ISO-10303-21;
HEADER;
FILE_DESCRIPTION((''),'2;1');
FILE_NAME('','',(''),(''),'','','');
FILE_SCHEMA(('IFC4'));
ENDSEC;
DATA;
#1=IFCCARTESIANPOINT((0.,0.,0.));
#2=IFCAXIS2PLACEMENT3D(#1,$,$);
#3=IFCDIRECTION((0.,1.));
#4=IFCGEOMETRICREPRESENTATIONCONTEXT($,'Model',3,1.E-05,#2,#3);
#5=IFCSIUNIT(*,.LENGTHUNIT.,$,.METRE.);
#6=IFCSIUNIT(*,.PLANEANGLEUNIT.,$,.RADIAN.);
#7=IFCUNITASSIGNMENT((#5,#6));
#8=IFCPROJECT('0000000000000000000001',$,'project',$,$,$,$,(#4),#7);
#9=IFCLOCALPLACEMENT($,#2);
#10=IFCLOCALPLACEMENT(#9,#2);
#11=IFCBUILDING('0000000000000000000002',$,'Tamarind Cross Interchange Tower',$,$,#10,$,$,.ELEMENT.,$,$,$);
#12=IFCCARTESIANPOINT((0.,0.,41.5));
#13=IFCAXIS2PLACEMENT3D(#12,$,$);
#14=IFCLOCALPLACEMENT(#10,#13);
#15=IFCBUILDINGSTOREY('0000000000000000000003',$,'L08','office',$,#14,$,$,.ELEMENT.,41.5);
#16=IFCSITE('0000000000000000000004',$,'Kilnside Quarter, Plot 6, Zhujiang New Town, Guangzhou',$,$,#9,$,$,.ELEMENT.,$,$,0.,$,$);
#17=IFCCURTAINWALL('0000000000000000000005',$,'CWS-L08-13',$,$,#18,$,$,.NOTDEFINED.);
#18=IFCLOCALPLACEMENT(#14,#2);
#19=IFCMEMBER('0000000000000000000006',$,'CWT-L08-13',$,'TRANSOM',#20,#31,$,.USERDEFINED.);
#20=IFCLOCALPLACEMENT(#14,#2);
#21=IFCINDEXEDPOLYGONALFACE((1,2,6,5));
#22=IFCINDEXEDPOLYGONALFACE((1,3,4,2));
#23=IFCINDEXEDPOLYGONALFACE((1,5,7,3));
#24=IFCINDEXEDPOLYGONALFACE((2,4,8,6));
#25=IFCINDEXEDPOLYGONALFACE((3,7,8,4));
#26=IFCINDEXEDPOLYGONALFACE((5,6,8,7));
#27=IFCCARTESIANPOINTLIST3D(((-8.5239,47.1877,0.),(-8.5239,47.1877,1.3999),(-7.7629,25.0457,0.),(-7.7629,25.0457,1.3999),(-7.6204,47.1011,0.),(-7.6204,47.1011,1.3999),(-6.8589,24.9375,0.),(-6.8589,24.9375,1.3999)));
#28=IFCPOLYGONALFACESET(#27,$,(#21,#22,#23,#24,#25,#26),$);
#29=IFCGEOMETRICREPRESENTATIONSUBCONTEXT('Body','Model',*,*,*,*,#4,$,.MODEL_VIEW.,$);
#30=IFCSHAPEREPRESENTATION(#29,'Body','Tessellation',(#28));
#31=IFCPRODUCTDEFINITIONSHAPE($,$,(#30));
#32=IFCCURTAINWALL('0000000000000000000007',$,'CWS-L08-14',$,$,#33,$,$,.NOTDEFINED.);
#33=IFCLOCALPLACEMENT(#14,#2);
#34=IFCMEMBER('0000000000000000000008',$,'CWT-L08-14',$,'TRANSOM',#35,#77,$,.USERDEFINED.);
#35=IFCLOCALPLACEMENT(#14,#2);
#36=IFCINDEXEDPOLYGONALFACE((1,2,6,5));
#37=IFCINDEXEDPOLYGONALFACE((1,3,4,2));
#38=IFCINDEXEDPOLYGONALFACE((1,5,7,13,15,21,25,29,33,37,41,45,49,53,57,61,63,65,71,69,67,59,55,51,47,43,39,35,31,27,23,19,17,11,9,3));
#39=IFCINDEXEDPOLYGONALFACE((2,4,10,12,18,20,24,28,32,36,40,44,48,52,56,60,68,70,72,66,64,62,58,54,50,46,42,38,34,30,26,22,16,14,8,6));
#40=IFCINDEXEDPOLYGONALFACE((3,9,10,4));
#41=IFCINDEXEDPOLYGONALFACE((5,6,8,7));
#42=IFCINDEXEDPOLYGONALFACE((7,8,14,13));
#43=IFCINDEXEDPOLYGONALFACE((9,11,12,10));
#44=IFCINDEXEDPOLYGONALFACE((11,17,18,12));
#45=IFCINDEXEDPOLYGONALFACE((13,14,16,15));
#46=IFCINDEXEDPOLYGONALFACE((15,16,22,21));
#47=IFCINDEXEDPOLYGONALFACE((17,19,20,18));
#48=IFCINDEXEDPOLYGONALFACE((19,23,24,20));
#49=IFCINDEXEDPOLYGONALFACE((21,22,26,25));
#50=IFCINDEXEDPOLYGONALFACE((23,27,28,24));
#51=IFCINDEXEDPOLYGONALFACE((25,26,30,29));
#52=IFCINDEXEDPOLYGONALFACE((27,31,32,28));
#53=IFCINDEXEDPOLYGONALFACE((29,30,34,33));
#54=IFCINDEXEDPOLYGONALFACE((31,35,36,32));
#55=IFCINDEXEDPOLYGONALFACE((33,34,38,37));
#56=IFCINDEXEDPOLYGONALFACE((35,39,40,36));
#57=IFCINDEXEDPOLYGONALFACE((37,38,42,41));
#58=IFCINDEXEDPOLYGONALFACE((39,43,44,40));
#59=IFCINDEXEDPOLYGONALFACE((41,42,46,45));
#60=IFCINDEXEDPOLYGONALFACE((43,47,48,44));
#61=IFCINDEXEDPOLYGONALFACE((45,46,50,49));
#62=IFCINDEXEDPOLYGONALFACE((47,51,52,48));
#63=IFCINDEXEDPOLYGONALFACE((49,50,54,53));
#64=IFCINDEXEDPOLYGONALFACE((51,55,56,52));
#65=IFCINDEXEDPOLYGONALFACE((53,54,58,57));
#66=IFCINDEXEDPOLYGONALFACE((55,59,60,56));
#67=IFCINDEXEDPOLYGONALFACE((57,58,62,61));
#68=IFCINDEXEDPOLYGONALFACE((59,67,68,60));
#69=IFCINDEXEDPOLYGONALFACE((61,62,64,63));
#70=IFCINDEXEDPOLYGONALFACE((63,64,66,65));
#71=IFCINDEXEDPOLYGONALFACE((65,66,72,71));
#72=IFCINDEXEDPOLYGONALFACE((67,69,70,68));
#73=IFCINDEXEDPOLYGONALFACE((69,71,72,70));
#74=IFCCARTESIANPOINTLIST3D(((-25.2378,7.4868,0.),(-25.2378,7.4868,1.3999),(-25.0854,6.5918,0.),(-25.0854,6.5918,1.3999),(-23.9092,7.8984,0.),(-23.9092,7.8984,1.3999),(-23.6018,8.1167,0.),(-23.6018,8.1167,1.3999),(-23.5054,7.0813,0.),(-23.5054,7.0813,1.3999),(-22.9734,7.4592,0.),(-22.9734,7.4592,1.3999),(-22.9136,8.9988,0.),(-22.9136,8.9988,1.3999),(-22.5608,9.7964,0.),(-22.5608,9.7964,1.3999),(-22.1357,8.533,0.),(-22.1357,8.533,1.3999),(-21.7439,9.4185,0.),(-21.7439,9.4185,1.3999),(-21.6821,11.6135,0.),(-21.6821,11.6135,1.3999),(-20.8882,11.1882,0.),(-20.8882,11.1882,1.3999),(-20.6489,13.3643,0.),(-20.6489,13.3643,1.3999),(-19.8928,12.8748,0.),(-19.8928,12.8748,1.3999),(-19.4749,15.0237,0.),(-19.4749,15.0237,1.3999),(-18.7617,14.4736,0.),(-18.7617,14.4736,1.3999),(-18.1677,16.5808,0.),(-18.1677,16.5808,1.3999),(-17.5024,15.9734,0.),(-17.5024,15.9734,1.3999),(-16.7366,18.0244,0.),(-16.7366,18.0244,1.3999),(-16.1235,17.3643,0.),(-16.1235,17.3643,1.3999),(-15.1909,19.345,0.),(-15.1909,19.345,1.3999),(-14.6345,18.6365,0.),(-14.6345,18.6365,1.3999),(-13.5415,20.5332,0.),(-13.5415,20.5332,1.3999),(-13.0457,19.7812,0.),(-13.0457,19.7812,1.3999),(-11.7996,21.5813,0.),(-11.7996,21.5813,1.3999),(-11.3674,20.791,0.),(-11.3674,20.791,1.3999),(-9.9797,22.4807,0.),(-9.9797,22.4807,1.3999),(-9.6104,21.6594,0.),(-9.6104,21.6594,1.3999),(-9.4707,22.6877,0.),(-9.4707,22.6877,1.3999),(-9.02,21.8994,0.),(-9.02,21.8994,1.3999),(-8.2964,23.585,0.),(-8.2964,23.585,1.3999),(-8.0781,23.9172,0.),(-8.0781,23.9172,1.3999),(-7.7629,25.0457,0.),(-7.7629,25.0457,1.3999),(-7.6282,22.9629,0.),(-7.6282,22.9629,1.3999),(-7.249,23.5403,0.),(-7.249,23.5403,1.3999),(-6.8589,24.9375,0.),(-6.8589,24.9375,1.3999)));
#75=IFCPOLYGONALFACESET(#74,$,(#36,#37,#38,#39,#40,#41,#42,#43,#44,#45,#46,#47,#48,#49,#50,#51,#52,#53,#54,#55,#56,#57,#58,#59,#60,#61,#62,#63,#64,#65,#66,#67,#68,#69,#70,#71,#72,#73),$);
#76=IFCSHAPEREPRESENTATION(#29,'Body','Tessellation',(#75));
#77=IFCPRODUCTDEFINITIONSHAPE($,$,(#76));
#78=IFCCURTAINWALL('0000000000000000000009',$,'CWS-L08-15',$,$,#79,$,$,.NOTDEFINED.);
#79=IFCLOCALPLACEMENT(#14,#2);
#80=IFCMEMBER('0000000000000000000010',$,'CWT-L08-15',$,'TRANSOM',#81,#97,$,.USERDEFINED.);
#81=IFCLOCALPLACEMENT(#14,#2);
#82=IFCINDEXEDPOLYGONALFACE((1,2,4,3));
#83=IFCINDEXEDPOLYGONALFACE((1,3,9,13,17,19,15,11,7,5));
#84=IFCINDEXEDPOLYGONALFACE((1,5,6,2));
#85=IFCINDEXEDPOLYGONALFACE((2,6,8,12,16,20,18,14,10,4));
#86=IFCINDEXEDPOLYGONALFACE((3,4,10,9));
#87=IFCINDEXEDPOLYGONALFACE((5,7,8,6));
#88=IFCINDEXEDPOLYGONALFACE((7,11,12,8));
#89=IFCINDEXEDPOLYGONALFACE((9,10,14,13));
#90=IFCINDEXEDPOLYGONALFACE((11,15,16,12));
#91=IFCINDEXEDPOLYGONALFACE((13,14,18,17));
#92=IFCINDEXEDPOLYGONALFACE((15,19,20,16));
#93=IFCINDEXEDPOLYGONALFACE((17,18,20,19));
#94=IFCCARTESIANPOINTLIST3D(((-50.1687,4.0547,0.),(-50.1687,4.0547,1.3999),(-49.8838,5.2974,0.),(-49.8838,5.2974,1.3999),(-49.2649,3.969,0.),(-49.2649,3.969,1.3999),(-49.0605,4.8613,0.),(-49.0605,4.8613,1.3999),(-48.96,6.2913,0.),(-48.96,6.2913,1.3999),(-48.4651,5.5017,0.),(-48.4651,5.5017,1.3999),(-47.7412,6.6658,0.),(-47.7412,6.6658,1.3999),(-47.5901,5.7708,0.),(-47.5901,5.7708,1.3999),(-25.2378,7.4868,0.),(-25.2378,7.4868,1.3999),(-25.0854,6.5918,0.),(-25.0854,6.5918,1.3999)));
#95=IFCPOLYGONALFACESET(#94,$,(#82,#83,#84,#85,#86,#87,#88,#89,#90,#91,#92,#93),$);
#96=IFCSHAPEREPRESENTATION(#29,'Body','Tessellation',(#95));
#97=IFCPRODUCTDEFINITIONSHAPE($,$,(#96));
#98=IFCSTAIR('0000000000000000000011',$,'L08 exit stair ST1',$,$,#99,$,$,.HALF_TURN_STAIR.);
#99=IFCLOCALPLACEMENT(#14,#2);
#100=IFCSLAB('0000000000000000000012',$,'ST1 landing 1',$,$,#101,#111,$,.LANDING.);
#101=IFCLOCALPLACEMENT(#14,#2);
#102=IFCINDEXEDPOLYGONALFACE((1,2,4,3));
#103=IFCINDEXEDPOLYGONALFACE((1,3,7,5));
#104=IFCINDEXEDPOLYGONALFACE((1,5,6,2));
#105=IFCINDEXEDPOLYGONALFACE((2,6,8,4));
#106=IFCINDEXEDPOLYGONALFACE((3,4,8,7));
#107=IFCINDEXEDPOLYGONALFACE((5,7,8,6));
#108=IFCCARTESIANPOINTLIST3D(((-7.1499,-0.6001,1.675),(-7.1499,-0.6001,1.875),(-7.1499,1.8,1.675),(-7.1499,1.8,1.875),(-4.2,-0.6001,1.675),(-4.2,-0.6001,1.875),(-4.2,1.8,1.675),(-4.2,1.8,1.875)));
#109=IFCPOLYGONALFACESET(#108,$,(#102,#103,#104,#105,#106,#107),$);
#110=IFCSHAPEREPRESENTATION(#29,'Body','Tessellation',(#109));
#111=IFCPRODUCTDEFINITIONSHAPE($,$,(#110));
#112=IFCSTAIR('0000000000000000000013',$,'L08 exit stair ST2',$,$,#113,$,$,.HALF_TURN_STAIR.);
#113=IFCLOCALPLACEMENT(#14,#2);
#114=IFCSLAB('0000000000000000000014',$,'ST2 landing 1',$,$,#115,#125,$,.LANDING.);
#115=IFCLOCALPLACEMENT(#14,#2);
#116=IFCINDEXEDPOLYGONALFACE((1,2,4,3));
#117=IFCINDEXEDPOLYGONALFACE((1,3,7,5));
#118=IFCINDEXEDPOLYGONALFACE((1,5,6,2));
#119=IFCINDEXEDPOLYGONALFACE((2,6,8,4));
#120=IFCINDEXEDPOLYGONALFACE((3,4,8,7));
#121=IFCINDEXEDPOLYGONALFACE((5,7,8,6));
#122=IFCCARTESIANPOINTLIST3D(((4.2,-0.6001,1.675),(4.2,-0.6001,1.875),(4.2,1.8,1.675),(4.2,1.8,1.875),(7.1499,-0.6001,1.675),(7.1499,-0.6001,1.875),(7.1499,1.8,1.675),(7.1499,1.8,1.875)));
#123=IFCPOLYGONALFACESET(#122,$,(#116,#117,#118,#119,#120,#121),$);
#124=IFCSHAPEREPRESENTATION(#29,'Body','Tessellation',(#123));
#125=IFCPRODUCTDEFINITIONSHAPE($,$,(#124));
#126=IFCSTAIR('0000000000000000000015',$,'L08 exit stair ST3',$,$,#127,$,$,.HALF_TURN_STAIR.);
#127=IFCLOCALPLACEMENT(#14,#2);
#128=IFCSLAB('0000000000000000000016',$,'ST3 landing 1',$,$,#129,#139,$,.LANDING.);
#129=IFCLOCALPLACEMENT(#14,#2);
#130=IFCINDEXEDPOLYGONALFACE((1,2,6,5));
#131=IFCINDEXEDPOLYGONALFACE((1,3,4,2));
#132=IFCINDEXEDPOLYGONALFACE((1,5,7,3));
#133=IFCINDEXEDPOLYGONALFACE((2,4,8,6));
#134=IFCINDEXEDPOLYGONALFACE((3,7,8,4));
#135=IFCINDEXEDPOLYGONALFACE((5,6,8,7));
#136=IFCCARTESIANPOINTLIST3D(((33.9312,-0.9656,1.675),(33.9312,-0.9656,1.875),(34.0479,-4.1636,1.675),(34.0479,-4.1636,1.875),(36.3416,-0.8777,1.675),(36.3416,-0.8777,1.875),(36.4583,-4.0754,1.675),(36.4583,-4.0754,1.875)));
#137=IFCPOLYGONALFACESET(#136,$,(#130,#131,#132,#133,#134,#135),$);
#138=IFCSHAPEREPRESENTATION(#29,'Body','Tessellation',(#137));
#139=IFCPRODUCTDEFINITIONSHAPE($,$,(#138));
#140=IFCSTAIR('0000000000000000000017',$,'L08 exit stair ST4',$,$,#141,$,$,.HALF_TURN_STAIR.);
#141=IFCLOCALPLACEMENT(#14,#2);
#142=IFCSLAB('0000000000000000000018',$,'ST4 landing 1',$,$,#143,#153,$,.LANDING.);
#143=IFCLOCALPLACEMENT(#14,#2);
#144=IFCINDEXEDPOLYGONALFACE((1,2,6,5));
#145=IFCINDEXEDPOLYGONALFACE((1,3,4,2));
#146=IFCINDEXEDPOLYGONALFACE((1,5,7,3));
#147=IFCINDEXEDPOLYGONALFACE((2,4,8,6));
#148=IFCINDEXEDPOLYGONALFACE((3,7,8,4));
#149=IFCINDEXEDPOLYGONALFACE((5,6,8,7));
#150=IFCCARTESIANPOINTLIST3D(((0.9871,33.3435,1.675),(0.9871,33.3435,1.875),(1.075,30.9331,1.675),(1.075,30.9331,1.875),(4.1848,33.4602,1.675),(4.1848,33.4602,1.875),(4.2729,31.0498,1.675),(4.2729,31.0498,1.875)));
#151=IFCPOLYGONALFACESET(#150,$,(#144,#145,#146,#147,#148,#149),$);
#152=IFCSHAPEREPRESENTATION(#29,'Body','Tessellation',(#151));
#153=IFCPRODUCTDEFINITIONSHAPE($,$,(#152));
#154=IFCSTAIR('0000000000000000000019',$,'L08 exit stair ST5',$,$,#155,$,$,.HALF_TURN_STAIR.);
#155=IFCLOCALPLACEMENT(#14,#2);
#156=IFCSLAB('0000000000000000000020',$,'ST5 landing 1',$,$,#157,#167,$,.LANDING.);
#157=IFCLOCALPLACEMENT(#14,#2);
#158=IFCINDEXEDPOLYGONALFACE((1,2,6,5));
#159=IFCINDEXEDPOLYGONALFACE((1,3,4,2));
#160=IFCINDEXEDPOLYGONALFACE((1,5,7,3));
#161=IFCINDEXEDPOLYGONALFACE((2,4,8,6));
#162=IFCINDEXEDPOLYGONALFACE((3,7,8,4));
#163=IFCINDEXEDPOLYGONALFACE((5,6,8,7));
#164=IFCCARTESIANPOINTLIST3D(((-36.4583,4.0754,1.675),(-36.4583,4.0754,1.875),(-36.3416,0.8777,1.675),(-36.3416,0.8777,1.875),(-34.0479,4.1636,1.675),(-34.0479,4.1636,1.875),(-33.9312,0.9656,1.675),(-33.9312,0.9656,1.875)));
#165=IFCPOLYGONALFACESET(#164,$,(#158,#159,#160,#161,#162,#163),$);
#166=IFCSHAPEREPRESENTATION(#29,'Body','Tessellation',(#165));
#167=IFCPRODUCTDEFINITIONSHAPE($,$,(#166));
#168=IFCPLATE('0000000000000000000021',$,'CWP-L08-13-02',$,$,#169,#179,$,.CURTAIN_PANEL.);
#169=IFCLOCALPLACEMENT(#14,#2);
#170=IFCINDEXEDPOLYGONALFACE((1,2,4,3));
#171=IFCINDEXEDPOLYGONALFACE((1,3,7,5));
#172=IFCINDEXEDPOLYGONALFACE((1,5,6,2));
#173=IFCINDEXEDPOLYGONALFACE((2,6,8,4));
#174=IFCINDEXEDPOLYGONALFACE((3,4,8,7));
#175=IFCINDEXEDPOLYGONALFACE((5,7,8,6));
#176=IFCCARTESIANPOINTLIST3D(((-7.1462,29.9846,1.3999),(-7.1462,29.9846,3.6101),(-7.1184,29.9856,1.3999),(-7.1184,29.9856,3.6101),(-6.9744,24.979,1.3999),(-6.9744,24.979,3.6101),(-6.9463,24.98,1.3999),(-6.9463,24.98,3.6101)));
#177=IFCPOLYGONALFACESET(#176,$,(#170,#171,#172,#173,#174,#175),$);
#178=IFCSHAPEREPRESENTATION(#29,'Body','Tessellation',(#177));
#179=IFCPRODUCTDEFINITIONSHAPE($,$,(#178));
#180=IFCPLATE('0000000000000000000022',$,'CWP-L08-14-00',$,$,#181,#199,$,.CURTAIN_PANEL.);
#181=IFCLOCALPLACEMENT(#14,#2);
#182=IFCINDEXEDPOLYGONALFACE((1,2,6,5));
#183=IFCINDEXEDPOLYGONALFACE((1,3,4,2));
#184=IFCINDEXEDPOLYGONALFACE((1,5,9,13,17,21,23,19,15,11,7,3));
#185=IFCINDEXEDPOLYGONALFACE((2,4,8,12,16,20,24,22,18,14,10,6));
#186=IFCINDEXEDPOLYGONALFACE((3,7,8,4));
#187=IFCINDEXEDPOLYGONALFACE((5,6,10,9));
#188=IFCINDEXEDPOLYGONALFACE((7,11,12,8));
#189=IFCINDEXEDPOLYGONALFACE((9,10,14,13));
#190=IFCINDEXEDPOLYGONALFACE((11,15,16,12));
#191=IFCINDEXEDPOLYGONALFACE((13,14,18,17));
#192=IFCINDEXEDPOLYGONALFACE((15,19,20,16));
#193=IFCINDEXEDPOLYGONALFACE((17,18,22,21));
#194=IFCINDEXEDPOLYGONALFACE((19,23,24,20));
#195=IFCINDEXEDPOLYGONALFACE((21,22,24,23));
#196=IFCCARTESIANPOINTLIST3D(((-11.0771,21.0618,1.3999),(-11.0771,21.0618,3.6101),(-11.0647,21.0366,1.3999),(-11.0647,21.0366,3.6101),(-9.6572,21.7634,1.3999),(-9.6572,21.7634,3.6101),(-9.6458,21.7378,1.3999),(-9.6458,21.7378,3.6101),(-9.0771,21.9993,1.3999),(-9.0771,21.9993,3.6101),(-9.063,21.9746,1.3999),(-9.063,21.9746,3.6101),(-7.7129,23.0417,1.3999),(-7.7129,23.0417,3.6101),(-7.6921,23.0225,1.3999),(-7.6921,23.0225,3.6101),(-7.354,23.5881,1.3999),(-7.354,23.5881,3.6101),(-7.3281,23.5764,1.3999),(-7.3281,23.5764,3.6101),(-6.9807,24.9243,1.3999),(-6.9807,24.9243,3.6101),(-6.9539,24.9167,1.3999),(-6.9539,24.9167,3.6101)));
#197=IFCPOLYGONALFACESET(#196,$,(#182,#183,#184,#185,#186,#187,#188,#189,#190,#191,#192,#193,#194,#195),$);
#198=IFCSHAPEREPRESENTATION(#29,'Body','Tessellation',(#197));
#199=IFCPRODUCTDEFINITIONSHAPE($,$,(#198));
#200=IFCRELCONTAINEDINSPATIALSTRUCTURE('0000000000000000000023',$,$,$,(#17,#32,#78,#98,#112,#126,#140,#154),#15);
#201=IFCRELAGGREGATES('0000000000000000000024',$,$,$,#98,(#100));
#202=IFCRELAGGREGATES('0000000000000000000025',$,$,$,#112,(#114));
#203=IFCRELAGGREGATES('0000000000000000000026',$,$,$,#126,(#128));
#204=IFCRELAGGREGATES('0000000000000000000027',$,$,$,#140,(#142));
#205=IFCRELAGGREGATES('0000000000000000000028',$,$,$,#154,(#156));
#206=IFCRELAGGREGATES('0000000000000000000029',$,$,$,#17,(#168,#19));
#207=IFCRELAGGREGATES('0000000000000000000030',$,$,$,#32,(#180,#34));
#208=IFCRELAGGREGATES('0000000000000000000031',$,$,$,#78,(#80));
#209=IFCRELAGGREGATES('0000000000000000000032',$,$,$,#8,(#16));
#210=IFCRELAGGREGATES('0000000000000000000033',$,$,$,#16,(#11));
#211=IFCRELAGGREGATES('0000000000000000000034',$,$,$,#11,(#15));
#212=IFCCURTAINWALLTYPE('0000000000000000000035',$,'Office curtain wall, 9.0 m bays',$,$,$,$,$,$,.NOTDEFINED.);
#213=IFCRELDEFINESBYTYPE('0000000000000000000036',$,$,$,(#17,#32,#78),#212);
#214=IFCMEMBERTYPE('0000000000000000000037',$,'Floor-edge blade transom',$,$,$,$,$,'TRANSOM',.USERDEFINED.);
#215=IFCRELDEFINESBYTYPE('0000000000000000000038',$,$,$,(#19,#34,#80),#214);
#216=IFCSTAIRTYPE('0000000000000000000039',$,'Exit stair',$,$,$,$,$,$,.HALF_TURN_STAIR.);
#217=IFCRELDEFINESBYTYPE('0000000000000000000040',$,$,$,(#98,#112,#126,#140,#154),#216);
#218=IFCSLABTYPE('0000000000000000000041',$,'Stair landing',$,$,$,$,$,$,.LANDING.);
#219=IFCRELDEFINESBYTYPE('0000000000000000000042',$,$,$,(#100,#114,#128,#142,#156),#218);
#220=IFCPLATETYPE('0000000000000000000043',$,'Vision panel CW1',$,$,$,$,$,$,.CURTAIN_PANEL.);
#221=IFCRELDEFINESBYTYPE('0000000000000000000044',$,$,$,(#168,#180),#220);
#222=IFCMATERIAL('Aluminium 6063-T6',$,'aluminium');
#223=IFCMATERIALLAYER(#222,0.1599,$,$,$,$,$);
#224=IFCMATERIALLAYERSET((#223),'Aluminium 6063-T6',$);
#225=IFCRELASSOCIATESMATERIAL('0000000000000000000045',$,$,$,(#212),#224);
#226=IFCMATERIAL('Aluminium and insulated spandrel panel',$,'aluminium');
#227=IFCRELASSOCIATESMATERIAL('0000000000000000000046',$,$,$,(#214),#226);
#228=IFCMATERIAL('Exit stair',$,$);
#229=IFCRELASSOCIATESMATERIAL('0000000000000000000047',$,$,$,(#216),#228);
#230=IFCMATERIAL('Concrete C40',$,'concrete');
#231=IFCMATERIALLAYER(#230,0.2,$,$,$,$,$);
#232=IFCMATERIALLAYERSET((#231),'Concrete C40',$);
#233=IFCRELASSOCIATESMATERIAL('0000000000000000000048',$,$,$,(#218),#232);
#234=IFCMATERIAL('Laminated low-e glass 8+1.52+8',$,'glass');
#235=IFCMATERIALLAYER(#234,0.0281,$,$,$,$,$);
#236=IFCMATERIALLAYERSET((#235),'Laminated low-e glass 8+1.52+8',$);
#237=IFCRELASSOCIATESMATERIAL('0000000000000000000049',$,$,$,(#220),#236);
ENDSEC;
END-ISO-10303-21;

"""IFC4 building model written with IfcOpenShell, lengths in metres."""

from ifc_helpers import new_model, si_unit, direction, frame, origin, place, context, subcontext, project, spatial, polyline, outline, extrude, material, layer, layer_set, type_object, element, aggregate, save


model = new_model("IFC4")

# Units and contexts
model_context = context("Model", 3, precision=1e-05, world=origin(), true_north=direction((0.0, 1.0)))
body_context = subcontext(model_context, "Body", "Model", "MODEL_VIEW")
ifc_project = project(units=[si_unit("LENGTHUNIT", "METRE"), si_unit("PLANEANGLEUNIT", "RADIAN")], contexts=[model_context])

# Site, building, storey
site_placement = place(None, origin())
site = spatial("IfcSite", under=ifc_project, at=site_placement, Name="Kilnside Quarter, Plot 6, Zhujiang New Town, Guangzhou", CompositionType="ELEMENT", RefElevation=0.0)
building_placement = place(site_placement, origin())
building = spatial("IfcBuilding", under=site, at=building_placement, Name="Tamarind Cross Interchange Tower", CompositionType="ELEMENT")
storey_placement = place(building_placement, frame((0.0, 0.0, 41.5)))
storey = spatial("IfcBuildingStorey", under=building, at=storey_placement, Name="L08", Description="office", CompositionType="ELEMENT", Elevation=41.5)

# Curtain walls, members
ifc_material_1 = material(Name="Aluminium 6063-T6", Category="aluminium")
ifc_layer_1 = layer(ifc_material_1, 0.1599)
ifc_layer_set_1 = layer_set([ifc_layer_1], Name="Aluminium 6063-T6")
curtain_wall_type = type_object("IfcCurtainWallType", Name="Office curtain wall, 9.0 m bays", PredefinedType="NOTDEFINED", material=ifc_layer_set_1)
curtain_wall_1_placement = place(storey_placement, origin())
curtain_wall_1 = element("IfcCurtainWall", 1, at=curtain_wall_1_placement, inside=storey, type_object=curtain_wall_type, Name="CWS-L08-13", PredefinedType="NOTDEFINED")
ifc_material_2 = material(Name="Aluminium and insulated spandrel panel", Category="aluminium")
member_type = type_object("IfcMemberType", Name="Floor-edge blade transom", ElementType="TRANSOM", PredefinedType="USERDEFINED", material=ifc_material_2)
member_1_placement = place(storey_placement, origin())
member_1 = element("IfcMember", 2, at=member_1_placement, type_object=member_type, Name="CWT-L08-13", ObjectType="TRANSOM", PredefinedType="USERDEFINED", context=body_context, shape_type="SweptSolid", body=[
    extrude(outline(polyline([(-7.6204, 47.1011), (-6.8589, 24.9375), (-7.7629, 25.0457), (-8.5239, 47.1877), (-7.6204, 47.1011)])), origin(), (0.0, 0.0, 1.0), 1.3999),
])
curtain_wall_2_placement = place(storey_placement, origin())
curtain_wall_2 = element("IfcCurtainWall", 3, at=curtain_wall_2_placement, inside=storey, type_object=curtain_wall_type, Name="CWS-L08-14", PredefinedType="NOTDEFINED")
member_2_placement = place(storey_placement, origin())
member_2 = element("IfcMember", 4, at=member_2_placement, type_object=member_type, Name="CWT-L08-14", ObjectType="TRANSOM", PredefinedType="USERDEFINED", context=body_context, shape_type="SweptSolid", body=[
    extrude(outline(polyline([(-6.8589, 24.9375), (-7.249, 23.5403), (-7.6282, 22.9629), (-9.02, 21.8994), (-9.6104, 21.6594), (-11.3674, 20.791), (-13.0457, 19.7812), (-14.6345, 18.6365), (-16.1235, 17.3643), (-17.5024, 15.9734), (-18.7617, 14.4736), (-19.8928, 12.8748), (-20.8882, 11.1882), (-21.7439, 9.4185), (-22.1357, 8.533), (-22.9734, 7.4592), (-23.5054, 7.0813), (-25.0854, 6.5918), (-25.2378, 7.4868), (-23.9092, 7.8984), (-23.6018, 8.1167), (-22.9136, 8.9988), (-22.5608, 9.7964), (-21.6821, 11.6135), (-20.6489, 13.3643), (-19.4749, 15.0237), (-18.1677, 16.5808), (-16.7366, 18.0244), (-15.1909, 19.345), (-13.5415, 20.5332), (-11.7996, 21.5813), (-9.9797, 22.4807), (-9.4707, 22.6877), (-8.2964, 23.585), (-8.0781, 23.9172), (-7.7629, 25.0457), (-6.8589, 24.9375)])), origin(), (0.0, 0.0, 1.0), 1.3999),
])
curtain_wall_3_placement = place(storey_placement, origin())
curtain_wall_3 = element("IfcCurtainWall", 5, at=curtain_wall_3_placement, inside=storey, type_object=curtain_wall_type, Name="CWS-L08-15", PredefinedType="NOTDEFINED")
member_3_placement = place(storey_placement, origin())
member_3 = element("IfcMember", 6, at=member_3_placement, type_object=member_type, Name="CWT-L08-15", ObjectType="TRANSOM", PredefinedType="USERDEFINED", context=body_context, shape_type="SweptSolid", body=[
    extrude(outline(polyline([(-25.0854, 6.5918), (-47.5901, 5.7708), (-48.4651, 5.5017), (-49.0605, 4.8613), (-49.2649, 3.969), (-50.1687, 4.0547), (-49.8838, 5.2974), (-48.96, 6.2913), (-47.7412, 6.6658), (-25.2378, 7.4868), (-25.0854, 6.5918)])), origin(), (0.0, 0.0, 1.0), 1.3999),
])

# Stairs, slabs
ifc_material_3 = material(Name="Exit stair")
stair_type = type_object("IfcStairType", Name="Exit stair", PredefinedType="HALF_TURN_STAIR", material=ifc_material_3)
stair_1_placement = place(storey_placement, origin())
stair_1 = element("IfcStair", 7, at=stair_1_placement, inside=storey, type_object=stair_type, Name="L08 exit stair ST1", PredefinedType="HALF_TURN_STAIR")
ifc_material_4 = material(Name="Concrete C40", Category="concrete")
ifc_layer_2 = layer(ifc_material_4, 0.2)
ifc_layer_set_2 = layer_set([ifc_layer_2], Name="Concrete C40")
slab_type = type_object("IfcSlabType", Name="Stair landing", PredefinedType="LANDING", material=ifc_layer_set_2)
slab_1_placement = place(storey_placement, frame((0.0, 0.0, 1.675)))
slab_1 = element("IfcSlab", 8, at=slab_1_placement, type_object=slab_type, Name="ST1 landing 1", PredefinedType="LANDING", context=body_context, shape_type="SweptSolid", body=[
    extrude(outline(polyline([(-4.2, -0.6001), (-4.2, 1.8), (-7.1499, 1.8), (-7.1499, -0.6001), (-4.2, -0.6001)])), origin(), (0.0, 0.0, 1.0), 0.2),
])
aggregate(stair_1, [slab_1])
stair_2_placement = place(storey_placement, origin())
stair_2 = element("IfcStair", 9, at=stair_2_placement, inside=storey, type_object=stair_type, Name="L08 exit stair ST2", PredefinedType="HALF_TURN_STAIR")
slab_2_placement = place(storey_placement, frame((0.0, 0.0, 1.675)))
slab_2 = element("IfcSlab", 10, at=slab_2_placement, type_object=slab_type, Name="ST2 landing 1", PredefinedType="LANDING", context=body_context, shape_type="SweptSolid", body=[
    extrude(outline(polyline([(7.1499, -0.6001), (7.1499, 1.8), (4.2, 1.8), (4.2, -0.6001), (7.1499, -0.6001)])), origin(), (0.0, 0.0, 1.0), 0.2),
])
aggregate(stair_2, [slab_2])
stair_3_placement = place(storey_placement, origin())
stair_3 = element("IfcStair", 11, at=stair_3_placement, inside=storey, type_object=stair_type, Name="L08 exit stair ST3", PredefinedType="HALF_TURN_STAIR")
slab_3_placement = place(storey_placement, frame((0.0, 0.0, 1.675)))
slab_3 = element("IfcSlab", 12, at=slab_3_placement, type_object=slab_type, Name="ST3 landing 1", PredefinedType="LANDING", context=body_context, shape_type="SweptSolid", body=[
    extrude(outline(polyline([(34.0479, -4.1636), (36.4583, -4.0754), (36.3416, -0.8777), (33.9312, -0.9656), (34.0479, -4.1636)])), origin(), (0.0, 0.0, 1.0), 0.2),
])
aggregate(stair_3, [slab_3])
stair_4_placement = place(storey_placement, origin())
stair_4 = element("IfcStair", 13, at=stair_4_placement, inside=storey, type_object=stair_type, Name="L08 exit stair ST4", PredefinedType="HALF_TURN_STAIR")
slab_4_placement = place(storey_placement, frame((0.0, 0.0, 1.675)))
slab_4 = element("IfcSlab", 14, at=slab_4_placement, type_object=slab_type, Name="ST4 landing 1", PredefinedType="LANDING", context=body_context, shape_type="SweptSolid", body=[
    extrude(outline(polyline([(4.2729, 31.0498), (4.1848, 33.4602), (0.9871, 33.3435), (1.075, 30.9331), (4.2729, 31.0498)])), origin(), (0.0, 0.0, 1.0), 0.2),
])
aggregate(stair_4, [slab_4])
stair_5_placement = place(storey_placement, origin())
stair_5 = element("IfcStair", 15, at=stair_5_placement, inside=storey, type_object=stair_type, Name="L08 exit stair ST5", PredefinedType="HALF_TURN_STAIR")
slab_5_placement = place(storey_placement, frame((0.0, 0.0, 1.675)))
slab_5 = element("IfcSlab", 16, at=slab_5_placement, type_object=slab_type, Name="ST5 landing 1", PredefinedType="LANDING", context=body_context, shape_type="SweptSolid", body=[
    extrude(outline(polyline([(-34.0479, 4.1636), (-36.4583, 4.0754), (-36.3416, 0.8777), (-33.9312, 0.9656), (-34.0479, 4.1636)])), origin(), (0.0, 0.0, 1.0), 0.2),
])
aggregate(stair_5, [slab_5])

# Plates
ifc_material_5 = material(Name="Laminated low-e glass 8+1.52+8", Category="glass")
ifc_layer_3 = layer(ifc_material_5, 0.0281)
ifc_layer_set_3 = layer_set([ifc_layer_3], Name="Laminated low-e glass 8+1.52+8")
plate_type = type_object("IfcPlateType", Name="Vision panel CW1", PredefinedType="CURTAIN_PANEL", material=ifc_layer_set_3)
plate_1_placement = place(storey_placement, frame((0.0, 0.0, 1.3999)))
plate_1 = element("IfcPlate", 17, at=plate_1_placement, type_object=plate_type, Name="CWP-L08-13-02", PredefinedType="CURTAIN_PANEL", context=body_context, shape_type="SweptSolid", body=[
    extrude(outline(polyline([(-7.1184, 29.9856), (-6.9463, 24.98), (-6.9744, 24.979), (-7.1462, 29.9846), (-7.1184, 29.9856)])), origin(), (0.0, 0.0, 1.0), 2.2102),
])
aggregate(curtain_wall_1, [plate_1, member_1])
plate_2_placement = place(storey_placement, frame((0.0, 0.0, 1.3999)))
plate_2 = element("IfcPlate", 18, at=plate_2_placement, type_object=plate_type, Name="CWP-L08-14-00", PredefinedType="CURTAIN_PANEL", context=body_context, shape_type="SweptSolid", body=[
    extrude(outline(polyline([(-6.9539, 24.9167), (-7.3281, 23.5764), (-7.6921, 23.0225), (-9.063, 21.9746), (-9.6458, 21.7378), (-11.0647, 21.0366), (-11.0771, 21.0618), (-9.6572, 21.7634), (-9.0771, 21.9993), (-7.7129, 23.0417), (-7.354, 23.5881), (-6.9807, 24.9243), (-6.9539, 24.9167)])), origin(), (0.0, 0.0, 1.0), 2.2102),
])
aggregate(curtain_wall_2, [plate_2, member_2])
aggregate(curtain_wall_3, [member_3])

save(model, "model.ifc")
